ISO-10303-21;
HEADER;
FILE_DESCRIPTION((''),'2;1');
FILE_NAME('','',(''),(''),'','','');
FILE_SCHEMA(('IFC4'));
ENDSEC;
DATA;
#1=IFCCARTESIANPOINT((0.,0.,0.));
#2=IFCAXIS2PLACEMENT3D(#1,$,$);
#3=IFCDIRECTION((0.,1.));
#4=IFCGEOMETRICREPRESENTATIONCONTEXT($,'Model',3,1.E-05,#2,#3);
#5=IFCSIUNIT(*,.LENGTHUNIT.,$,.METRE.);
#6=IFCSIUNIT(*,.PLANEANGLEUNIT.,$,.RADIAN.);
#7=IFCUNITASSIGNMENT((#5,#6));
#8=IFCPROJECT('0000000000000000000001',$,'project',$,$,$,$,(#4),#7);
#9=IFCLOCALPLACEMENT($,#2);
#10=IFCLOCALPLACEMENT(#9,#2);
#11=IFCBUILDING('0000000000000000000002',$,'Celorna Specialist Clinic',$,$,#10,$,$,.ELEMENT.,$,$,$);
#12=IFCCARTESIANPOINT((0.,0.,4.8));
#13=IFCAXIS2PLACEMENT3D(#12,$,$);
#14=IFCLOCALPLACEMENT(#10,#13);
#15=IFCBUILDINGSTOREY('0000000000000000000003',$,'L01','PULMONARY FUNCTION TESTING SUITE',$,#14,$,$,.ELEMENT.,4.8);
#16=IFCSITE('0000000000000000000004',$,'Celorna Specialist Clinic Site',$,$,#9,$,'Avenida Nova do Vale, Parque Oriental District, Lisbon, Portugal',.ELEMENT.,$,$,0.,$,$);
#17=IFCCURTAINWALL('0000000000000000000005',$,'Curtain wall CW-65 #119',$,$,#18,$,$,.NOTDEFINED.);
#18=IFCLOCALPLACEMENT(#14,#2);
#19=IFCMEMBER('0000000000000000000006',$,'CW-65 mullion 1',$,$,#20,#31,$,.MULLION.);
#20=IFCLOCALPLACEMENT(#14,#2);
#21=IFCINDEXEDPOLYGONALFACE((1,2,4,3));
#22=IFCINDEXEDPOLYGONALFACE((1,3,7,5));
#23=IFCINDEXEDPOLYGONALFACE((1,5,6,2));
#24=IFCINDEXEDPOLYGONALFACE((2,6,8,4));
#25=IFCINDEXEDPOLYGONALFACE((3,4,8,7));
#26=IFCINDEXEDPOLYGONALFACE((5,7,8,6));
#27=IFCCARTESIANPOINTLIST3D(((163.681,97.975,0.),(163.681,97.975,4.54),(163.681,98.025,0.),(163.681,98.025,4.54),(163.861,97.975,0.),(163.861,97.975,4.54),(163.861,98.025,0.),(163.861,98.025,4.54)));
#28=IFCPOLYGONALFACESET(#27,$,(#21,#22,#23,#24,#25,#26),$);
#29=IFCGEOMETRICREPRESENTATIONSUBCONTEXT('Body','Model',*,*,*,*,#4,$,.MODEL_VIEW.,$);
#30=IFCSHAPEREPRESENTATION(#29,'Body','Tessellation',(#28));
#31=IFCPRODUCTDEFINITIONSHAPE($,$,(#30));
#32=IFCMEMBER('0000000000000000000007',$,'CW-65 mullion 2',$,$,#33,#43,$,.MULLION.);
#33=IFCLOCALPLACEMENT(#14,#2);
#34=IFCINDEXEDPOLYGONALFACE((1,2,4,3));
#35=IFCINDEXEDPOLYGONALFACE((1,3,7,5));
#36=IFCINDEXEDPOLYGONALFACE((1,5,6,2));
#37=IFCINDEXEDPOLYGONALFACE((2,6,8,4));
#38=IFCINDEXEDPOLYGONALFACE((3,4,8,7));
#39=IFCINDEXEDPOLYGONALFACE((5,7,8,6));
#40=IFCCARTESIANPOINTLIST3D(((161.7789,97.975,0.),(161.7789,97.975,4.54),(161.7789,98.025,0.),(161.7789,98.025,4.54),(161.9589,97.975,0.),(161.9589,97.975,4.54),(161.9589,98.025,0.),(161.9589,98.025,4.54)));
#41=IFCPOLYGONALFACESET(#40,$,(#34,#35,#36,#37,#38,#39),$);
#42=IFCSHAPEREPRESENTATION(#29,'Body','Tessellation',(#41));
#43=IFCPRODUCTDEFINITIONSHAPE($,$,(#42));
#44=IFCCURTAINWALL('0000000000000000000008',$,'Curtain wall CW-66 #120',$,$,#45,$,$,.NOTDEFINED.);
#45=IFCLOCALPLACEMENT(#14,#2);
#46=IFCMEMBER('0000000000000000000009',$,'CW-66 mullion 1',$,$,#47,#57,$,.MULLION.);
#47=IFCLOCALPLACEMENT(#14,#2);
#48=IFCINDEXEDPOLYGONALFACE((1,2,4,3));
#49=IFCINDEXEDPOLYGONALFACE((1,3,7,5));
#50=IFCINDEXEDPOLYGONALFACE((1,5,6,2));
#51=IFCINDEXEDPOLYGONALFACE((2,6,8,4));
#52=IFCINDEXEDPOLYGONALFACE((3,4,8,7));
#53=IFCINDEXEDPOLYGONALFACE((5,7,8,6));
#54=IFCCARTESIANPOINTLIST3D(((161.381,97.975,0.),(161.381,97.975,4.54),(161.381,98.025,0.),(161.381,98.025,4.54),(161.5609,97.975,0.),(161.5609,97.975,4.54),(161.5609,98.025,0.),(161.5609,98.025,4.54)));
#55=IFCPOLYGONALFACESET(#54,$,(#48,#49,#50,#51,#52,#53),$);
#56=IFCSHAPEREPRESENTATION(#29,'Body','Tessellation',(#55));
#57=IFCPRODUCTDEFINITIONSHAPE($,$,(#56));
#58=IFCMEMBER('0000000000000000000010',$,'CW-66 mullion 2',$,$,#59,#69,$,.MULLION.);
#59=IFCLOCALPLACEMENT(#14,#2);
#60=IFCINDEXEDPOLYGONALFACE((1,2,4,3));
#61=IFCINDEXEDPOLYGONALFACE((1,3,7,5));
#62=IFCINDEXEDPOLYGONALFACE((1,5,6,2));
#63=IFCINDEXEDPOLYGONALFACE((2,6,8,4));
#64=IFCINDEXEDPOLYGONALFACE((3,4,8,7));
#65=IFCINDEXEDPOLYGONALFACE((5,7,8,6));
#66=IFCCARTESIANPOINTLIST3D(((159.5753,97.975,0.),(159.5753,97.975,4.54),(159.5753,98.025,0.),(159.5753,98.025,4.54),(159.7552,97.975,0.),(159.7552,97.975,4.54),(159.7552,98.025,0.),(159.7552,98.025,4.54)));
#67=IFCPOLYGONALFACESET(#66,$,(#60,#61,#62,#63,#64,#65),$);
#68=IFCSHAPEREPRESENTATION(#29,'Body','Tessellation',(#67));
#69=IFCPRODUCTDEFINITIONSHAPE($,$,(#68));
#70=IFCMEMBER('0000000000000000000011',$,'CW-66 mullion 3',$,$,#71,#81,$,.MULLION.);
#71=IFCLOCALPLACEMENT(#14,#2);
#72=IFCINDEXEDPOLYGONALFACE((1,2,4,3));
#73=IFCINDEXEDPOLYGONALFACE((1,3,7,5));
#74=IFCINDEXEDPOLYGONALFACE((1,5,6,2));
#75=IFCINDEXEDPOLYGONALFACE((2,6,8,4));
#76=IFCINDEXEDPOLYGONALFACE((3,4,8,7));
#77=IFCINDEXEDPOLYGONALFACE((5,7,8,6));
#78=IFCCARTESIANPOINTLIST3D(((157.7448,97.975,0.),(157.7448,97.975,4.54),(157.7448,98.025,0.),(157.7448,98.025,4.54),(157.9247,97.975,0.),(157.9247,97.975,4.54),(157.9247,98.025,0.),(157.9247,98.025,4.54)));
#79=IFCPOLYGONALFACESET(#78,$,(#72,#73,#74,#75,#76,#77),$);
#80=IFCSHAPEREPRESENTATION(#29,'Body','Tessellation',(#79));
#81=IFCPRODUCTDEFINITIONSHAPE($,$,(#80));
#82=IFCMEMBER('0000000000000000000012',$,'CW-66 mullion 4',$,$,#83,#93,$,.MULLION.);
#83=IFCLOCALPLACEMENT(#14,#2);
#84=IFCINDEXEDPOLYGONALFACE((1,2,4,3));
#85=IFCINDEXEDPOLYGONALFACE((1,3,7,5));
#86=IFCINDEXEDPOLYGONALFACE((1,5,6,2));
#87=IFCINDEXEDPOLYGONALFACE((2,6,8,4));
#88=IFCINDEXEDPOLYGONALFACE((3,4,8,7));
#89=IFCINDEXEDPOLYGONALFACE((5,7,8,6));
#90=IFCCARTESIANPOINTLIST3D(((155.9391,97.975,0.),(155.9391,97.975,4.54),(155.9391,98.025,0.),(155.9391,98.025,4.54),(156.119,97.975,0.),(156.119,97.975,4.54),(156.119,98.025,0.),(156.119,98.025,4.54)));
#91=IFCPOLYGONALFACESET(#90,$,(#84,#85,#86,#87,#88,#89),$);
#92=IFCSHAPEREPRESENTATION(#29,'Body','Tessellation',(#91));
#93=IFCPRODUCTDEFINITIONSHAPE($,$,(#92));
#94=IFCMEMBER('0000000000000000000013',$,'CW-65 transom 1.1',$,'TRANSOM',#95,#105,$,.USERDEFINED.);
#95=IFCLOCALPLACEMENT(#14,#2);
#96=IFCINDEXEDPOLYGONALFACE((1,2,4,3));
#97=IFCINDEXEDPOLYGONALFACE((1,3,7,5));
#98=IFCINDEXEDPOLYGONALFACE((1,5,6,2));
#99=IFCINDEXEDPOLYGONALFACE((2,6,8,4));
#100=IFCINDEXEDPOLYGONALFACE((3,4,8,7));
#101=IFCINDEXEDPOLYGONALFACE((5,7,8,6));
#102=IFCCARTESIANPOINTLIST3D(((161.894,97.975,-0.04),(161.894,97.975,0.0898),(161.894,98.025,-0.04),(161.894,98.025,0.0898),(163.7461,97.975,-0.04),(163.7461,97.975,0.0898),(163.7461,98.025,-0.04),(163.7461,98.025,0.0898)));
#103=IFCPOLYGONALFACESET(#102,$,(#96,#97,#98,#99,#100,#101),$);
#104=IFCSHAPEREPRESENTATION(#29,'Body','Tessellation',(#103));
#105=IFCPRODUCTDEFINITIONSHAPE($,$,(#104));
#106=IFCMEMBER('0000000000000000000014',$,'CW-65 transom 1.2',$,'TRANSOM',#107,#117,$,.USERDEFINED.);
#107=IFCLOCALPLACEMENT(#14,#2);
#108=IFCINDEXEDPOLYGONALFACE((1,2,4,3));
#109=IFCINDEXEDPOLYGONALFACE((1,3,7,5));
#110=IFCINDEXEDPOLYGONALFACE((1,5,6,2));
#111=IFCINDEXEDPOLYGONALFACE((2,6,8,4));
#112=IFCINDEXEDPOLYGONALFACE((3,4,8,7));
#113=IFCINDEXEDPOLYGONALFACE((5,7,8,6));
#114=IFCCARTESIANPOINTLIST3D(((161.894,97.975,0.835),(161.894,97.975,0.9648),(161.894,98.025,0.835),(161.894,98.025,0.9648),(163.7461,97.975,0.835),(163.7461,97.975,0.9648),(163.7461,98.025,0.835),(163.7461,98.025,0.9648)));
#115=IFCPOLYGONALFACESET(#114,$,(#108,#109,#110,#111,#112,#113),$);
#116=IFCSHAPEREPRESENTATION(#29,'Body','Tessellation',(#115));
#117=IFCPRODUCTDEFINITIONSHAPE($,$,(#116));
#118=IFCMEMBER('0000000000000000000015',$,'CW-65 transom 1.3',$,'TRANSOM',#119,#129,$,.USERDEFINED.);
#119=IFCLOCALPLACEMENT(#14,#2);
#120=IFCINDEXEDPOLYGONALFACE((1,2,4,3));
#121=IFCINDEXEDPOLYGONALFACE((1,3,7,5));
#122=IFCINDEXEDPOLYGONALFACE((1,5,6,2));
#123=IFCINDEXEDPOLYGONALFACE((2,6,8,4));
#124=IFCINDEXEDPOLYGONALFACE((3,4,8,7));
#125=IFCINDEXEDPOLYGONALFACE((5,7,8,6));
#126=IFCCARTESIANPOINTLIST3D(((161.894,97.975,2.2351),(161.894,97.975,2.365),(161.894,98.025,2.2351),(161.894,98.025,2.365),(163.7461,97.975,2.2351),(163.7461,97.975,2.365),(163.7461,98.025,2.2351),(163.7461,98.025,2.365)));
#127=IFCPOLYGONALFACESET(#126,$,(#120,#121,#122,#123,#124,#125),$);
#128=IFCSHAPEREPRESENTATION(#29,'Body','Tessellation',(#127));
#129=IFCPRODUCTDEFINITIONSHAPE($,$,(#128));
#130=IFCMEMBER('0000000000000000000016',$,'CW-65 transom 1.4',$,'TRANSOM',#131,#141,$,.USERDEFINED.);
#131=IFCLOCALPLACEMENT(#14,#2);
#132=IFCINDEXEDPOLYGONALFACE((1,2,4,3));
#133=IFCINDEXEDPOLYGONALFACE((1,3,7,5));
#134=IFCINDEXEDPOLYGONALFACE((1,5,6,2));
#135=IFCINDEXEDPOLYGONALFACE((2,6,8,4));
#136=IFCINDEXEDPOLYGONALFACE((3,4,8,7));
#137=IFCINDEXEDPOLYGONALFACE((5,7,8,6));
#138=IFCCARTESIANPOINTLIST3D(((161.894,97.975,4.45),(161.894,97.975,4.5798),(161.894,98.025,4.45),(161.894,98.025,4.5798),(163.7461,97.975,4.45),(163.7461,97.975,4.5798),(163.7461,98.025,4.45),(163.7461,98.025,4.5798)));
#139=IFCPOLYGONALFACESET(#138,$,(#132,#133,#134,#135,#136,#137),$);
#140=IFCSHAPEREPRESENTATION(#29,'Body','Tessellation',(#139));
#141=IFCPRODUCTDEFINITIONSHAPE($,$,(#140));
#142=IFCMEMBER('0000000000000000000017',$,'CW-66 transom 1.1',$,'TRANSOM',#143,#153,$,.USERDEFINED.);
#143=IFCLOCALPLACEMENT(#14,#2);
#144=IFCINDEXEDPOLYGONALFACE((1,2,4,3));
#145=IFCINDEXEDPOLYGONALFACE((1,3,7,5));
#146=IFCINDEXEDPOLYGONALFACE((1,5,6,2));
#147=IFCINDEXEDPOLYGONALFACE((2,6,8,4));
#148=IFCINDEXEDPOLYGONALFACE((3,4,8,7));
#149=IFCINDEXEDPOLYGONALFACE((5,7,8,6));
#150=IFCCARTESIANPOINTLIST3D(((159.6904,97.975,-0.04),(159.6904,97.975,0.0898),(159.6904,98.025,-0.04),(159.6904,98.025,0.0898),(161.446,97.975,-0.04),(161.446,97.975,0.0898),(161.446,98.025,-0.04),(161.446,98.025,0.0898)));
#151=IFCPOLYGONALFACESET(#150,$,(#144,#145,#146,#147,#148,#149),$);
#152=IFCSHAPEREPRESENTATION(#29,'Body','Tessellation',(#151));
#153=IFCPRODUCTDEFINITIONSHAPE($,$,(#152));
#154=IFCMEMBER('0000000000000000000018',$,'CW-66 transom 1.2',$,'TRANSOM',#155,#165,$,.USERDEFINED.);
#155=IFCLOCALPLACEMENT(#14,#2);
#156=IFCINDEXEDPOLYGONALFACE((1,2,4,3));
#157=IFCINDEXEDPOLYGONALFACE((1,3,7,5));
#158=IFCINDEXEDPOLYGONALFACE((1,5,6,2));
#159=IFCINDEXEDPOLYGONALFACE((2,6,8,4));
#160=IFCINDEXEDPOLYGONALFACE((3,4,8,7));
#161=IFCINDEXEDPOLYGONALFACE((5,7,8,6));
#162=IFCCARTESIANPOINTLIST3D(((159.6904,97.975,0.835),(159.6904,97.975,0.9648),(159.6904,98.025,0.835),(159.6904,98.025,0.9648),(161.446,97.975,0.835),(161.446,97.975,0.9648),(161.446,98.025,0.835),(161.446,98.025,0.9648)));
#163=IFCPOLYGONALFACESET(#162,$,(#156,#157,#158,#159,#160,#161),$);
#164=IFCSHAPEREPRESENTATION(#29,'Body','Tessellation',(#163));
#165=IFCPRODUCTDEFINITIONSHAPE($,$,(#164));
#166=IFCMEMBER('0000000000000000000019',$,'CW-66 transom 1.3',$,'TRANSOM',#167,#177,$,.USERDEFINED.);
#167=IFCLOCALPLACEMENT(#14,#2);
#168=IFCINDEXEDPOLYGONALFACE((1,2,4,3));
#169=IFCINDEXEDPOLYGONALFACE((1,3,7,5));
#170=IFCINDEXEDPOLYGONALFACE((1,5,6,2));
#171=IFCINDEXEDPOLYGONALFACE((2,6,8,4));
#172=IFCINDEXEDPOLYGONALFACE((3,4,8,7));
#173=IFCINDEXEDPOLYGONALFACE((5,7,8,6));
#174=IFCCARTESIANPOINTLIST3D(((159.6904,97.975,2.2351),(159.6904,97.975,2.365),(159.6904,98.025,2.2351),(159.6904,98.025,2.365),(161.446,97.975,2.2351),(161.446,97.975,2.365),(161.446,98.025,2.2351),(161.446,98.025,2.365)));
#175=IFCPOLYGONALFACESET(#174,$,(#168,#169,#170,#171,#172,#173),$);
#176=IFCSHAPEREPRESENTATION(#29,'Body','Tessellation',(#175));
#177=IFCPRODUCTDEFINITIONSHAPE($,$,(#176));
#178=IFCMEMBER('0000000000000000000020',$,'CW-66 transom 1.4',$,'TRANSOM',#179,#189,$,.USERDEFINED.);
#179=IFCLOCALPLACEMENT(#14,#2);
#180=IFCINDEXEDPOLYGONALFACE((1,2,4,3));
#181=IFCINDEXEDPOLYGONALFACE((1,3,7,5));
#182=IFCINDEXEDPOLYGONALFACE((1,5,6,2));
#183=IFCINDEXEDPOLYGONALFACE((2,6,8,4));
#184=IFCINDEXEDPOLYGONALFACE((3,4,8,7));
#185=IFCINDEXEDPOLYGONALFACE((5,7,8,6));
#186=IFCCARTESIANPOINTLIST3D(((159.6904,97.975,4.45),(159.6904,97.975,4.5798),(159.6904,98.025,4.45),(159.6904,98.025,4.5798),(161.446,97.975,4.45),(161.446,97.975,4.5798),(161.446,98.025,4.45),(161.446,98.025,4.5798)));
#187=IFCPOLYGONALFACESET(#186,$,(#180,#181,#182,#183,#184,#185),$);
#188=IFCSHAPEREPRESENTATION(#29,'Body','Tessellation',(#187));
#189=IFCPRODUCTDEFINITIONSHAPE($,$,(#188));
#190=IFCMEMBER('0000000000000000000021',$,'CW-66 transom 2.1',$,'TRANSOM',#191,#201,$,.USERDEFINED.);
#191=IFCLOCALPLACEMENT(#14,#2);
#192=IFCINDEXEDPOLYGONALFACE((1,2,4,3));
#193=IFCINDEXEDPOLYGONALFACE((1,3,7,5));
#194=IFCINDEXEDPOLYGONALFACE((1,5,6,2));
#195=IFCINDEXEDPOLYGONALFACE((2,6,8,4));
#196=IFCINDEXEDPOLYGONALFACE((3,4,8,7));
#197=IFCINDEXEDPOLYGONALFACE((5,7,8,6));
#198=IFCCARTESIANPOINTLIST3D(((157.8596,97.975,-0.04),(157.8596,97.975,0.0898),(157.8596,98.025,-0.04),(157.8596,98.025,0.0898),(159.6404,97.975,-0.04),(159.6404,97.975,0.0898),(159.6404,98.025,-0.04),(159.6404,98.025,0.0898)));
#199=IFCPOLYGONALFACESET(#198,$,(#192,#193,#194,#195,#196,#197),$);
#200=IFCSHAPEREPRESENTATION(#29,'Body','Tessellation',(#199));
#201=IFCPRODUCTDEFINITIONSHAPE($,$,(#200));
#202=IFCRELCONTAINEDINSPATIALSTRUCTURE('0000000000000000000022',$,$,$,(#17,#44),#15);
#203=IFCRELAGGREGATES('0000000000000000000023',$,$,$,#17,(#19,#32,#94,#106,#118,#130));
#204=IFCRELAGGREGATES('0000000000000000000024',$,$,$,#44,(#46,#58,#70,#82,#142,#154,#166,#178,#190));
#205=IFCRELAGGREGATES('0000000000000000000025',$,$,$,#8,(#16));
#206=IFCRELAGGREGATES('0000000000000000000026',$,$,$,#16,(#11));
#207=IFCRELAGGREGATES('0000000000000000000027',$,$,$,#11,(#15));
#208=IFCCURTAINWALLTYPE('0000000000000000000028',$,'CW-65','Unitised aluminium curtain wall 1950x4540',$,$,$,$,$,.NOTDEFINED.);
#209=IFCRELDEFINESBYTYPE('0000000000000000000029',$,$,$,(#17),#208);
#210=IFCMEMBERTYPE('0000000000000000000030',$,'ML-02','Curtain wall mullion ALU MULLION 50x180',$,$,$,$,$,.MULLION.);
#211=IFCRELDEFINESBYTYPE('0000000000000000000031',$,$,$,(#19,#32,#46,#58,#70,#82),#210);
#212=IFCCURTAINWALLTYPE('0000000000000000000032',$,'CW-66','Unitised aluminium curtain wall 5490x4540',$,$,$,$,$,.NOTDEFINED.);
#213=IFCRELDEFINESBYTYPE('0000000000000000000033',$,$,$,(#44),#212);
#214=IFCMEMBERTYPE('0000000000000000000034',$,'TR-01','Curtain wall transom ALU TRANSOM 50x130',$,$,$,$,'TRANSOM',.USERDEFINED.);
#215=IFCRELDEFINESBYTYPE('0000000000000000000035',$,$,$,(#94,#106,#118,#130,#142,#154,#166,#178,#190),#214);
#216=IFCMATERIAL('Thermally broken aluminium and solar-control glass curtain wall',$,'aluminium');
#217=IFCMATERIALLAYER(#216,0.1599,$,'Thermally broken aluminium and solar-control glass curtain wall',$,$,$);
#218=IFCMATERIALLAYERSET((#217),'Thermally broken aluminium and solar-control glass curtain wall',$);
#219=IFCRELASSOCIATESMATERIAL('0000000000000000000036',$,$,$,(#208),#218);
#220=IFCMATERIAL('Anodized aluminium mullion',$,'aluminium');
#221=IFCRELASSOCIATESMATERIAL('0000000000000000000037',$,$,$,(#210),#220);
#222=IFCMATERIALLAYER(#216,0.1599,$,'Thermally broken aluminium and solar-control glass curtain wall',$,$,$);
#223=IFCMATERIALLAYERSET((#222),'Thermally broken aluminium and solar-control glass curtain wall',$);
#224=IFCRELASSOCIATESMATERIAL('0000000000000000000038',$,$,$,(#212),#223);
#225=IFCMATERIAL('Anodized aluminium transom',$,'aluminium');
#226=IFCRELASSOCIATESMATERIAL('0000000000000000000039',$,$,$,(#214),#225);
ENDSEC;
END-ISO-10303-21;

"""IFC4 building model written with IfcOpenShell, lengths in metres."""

from ifc_helpers import new_model, si_unit, direction, frame, origin, origin_2d, place, context, subcontext, project, spatial, rectangle, extrude, material, layer, layer_set, material_profile, profile_set, type_object, element, aggregate, save


model = new_model("IFC4")

# Units and contexts
model_context = context("Model", 3, precision=1e-05, world=origin(), true_north=direction((0.0, 1.0)))
body_context = subcontext(model_context, "Body", "Model", "MODEL_VIEW")
ifc_project = project(units=[si_unit("LENGTHUNIT", "METRE"), si_unit("PLANEANGLEUNIT", "RADIAN")], contexts=[model_context])

# Site, building, storey
site_placement = place(None, origin())
site = spatial("IfcSite", under=ifc_project, at=site_placement, Name="Celorna Specialist Clinic Site", LongName="Avenida Nova do Vale, Parque Oriental District, Lisbon, Portugal", CompositionType="ELEMENT", RefElevation=0.0)
building_placement = place(site_placement, origin())
building = spatial("IfcBuilding", under=site, at=building_placement, Name="Celorna Specialist Clinic", CompositionType="ELEMENT")
storey_placement = place(building_placement, frame((0.0, 0.0, 4.8)))
storey = spatial("IfcBuildingStorey", under=building, at=storey_placement, Name="L01", Description="PULMONARY FUNCTION TESTING SUITE", CompositionType="ELEMENT", Elevation=4.8)

# Curtain walls, members
ifc_material_1 = material(Name="Thermally broken aluminium and solar-control glass curtain wall", Category="aluminium")
ifc_layer_1 = layer(ifc_material_1, 0.1599, Name="Thermally broken aluminium and solar-control glass curtain wall")
ifc_layer_set_1 = layer_set([ifc_layer_1], Name="Thermally broken aluminium and solar-control glass curtain wall")
curtain_wall_type_1 = type_object("IfcCurtainWallType", Name="CW-65", Description="Unitised aluminium curtain wall 1950x4540", PredefinedType="NOTDEFINED", material=ifc_layer_set_1)
curtain_wall_1_placement = place(storey_placement, origin())
curtain_wall_1 = element("IfcCurtainWall", 1, at=curtain_wall_1_placement, inside=storey, type_object=curtain_wall_type_1, Name="Curtain wall CW-65 #119", PredefinedType="NOTDEFINED")
ifc_material_2 = material(Name="Anodized aluminium mullion", Category="aluminium")
ifc_material_profile_1 = material_profile(ifc_material_2, rectangle(XDim=0.05, YDim=0.1799, at=origin_2d()), Name="ALU MULLION 50x180")
ifc_profile_set_1 = profile_set([ifc_material_profile_1], Name="Anodized aluminium mullion")
member_type_1 = type_object("IfcMemberType", Name="ML-02", Description="Curtain wall mullion ALU MULLION 50x180", PredefinedType="MULLION", material=ifc_profile_set_1)
member_1_placement = place(storey_placement, frame((163.771, 98.0, 0.0), z_axis=(0.0, 0.0, 1.0), x_axis=(0.0, -1.0, 0.0)))
member_1 = element("IfcMember", 2, at=member_1_placement, type_object=member_type_1, Name="CW-65 mullion 1", PredefinedType="MULLION", context=body_context, shape_type="SweptSolid", body=[
    extrude(rectangle(XDim=0.05, YDim=0.1799, at=origin_2d()), origin(), (0.0, 0.0, 1.0), 4.54),
])
member_2_placement = place(storey_placement, frame((161.8689, 98.0, 0.0), z_axis=(0.0, 0.0, 1.0), x_axis=(0.0, -1.0, 0.0)))
member_2 = element("IfcMember", 3, at=member_2_placement, type_object=member_type_1, Name="CW-65 mullion 2", PredefinedType="MULLION", context=body_context, shape_type="SweptSolid", body=[
    extrude(rectangle(XDim=0.05, YDim=0.1799, at=origin_2d()), origin(), (0.0, 0.0, 1.0), 4.54),
])
ifc_layer_2 = layer(ifc_material_1, 0.1599, Name="Thermally broken aluminium and solar-control glass curtain wall")
ifc_layer_set_2 = layer_set([ifc_layer_2], Name="Thermally broken aluminium and solar-control glass curtain wall")
curtain_wall_type_2 = type_object("IfcCurtainWallType", Name="CW-66", Description="Unitised aluminium curtain wall 5490x4540", PredefinedType="NOTDEFINED", material=ifc_layer_set_2)
curtain_wall_2_placement = place(storey_placement, origin())
curtain_wall_2 = element("IfcCurtainWall", 4, at=curtain_wall_2_placement, inside=storey, type_object=curtain_wall_type_2, Name="Curtain wall CW-66 #120", PredefinedType="NOTDEFINED")
member_3_placement = place(storey_placement, frame((161.4709, 98.0, 0.0), z_axis=(0.0, 0.0, 1.0), x_axis=(0.0, -1.0, 0.0)))
member_3 = element("IfcMember", 5, at=member_3_placement, type_object=member_type_1, Name="CW-66 mullion 1", PredefinedType="MULLION", context=body_context, shape_type="SweptSolid", body=[
    extrude(rectangle(XDim=0.05, YDim=0.1799, at=origin_2d()), origin(), (0.0, 0.0, 1.0), 4.54),
])
member_4_placement = place(storey_placement, frame((159.6653, 98.0, 0.0), z_axis=(0.0, 0.0, 1.0), x_axis=(0.0, -1.0, 0.0)))
member_4 = element("IfcMember", 6, at=member_4_placement, type_object=member_type_1, Name="CW-66 mullion 2", PredefinedType="MULLION", context=body_context, shape_type="SweptSolid", body=[
    extrude(rectangle(XDim=0.05, YDim=0.1799, at=origin_2d()), origin(), (0.0, 0.0, 1.0), 4.54),
])
member_5_placement = place(storey_placement, frame((157.8347, 98.0, 0.0), z_axis=(0.0, 0.0, 1.0), x_axis=(0.0, -1.0, 0.0)))
member_5 = element("IfcMember", 7, at=member_5_placement, type_object=member_type_1, Name="CW-66 mullion 3", PredefinedType="MULLION", context=body_context, shape_type="SweptSolid", body=[
    extrude(rectangle(XDim=0.05, YDim=0.1799, at=origin_2d()), origin(), (0.0, 0.0, 1.0), 4.54),
])
member_6_placement = place(storey_placement, frame((156.0291, 98.0, 0.0), z_axis=(0.0, 0.0, 1.0), x_axis=(0.0, -1.0, 0.0)))
member_6 = element("IfcMember", 8, at=member_6_placement, type_object=member_type_1, Name="CW-66 mullion 4", PredefinedType="MULLION", context=body_context, shape_type="SweptSolid", body=[
    extrude(rectangle(XDim=0.05, YDim=0.1799, at=origin_2d()), origin(), (0.0, 0.0, 1.0), 4.54),
])

# Members
ifc_material_3 = material(Name="Anodized aluminium transom", Category="aluminium")
ifc_material_profile_2 = material_profile(ifc_material_3, rectangle(XDim=0.05, YDim=0.1299, at=origin_2d()), Name="ALU TRANSOM 50x130")
ifc_profile_set_2 = profile_set([ifc_material_profile_2], Name="Anodized aluminium transom")
member_type_2 = type_object("IfcMemberType", Name="TR-01", Description="Curtain wall transom ALU TRANSOM 50x130", ElementType="TRANSOM", PredefinedType="USERDEFINED", material=ifc_profile_set_2)
member_7_placement = place(storey_placement, frame((163.7461, 98.0, 0.0249), z_axis=(-1.0, 0.0, 0.0), x_axis=(0.0, -1.0, 0.0)))
member_7 = element("IfcMember", 9, at=member_7_placement, type_object=member_type_2, Name="CW-65 transom 1.1", ObjectType="TRANSOM", PredefinedType="USERDEFINED", context=body_context, shape_type="SweptSolid", body=[
    extrude(rectangle(XDim=0.05, YDim=0.1299, at=origin_2d()), origin(), (0.0, 0.0, 1.0), 1.8521),
])
member_8_placement = place(storey_placement, frame((163.7461, 98.0, 0.8999), z_axis=(-1.0, 0.0, 0.0), x_axis=(0.0, -1.0, 0.0)))
member_8 = element("IfcMember", 10, at=member_8_placement, type_object=member_type_2, Name="CW-65 transom 1.2", ObjectType="TRANSOM", PredefinedType="USERDEFINED", context=body_context, shape_type="SweptSolid", body=[
    extrude(rectangle(XDim=0.05, YDim=0.1299, at=origin_2d()), origin(), (0.0, 0.0, 1.0), 1.8521),
])
member_9_placement = place(storey_placement, frame((163.7461, 98.0, 2.3), z_axis=(-1.0, 0.0, 0.0), x_axis=(0.0, -1.0, 0.0)))
member_9 = element("IfcMember", 11, at=member_9_placement, type_object=member_type_2, Name="CW-65 transom 1.3", ObjectType="TRANSOM", PredefinedType="USERDEFINED", context=body_context, shape_type="SweptSolid", body=[
    extrude(rectangle(XDim=0.05, YDim=0.1299, at=origin_2d()), origin(), (0.0, 0.0, 1.0), 1.8521),
])
member_10_placement = place(storey_placement, frame((163.7461, 98.0, 4.5149), z_axis=(-1.0, 0.0, 0.0), x_axis=(0.0, -1.0, 0.0)))
member_10 = element("IfcMember", 12, at=member_10_placement, type_object=member_type_2, Name="CW-65 transom 1.4", ObjectType="TRANSOM", PredefinedType="USERDEFINED", context=body_context, shape_type="SweptSolid", body=[
    extrude(rectangle(XDim=0.05, YDim=0.1299, at=origin_2d()), origin(), (0.0, 0.0, 1.0), 1.8521),
])
member_11_placement = place(storey_placement, frame((161.446, 98.0, 0.0249), z_axis=(-1.0, 0.0, 0.0), x_axis=(0.0, -1.0, 0.0)))
member_11 = element("IfcMember", 13, at=member_11_placement, type_object=member_type_2, Name="CW-66 transom 1.1", ObjectType="TRANSOM", PredefinedType="USERDEFINED", context=body_context, shape_type="SweptSolid", body=[
    extrude(rectangle(XDim=0.05, YDim=0.1299, at=origin_2d()), origin(), (0.0, 0.0, 1.0), 1.7556),
])
member_12_placement = place(storey_placement, frame((161.446, 98.0, 0.8999), z_axis=(-1.0, 0.0, 0.0), x_axis=(0.0, -1.0, 0.0)))
member_12 = element("IfcMember", 14, at=member_12_placement, type_object=member_type_2, Name="CW-66 transom 1.2", ObjectType="TRANSOM", PredefinedType="USERDEFINED", context=body_context, shape_type="SweptSolid", body=[
    extrude(rectangle(XDim=0.05, YDim=0.1299, at=origin_2d()), origin(), (0.0, 0.0, 1.0), 1.7556),
])
member_13_placement = place(storey_placement, frame((161.446, 98.0, 2.3), z_axis=(-1.0, 0.0, 0.0), x_axis=(0.0, -1.0, 0.0)))
member_13 = element("IfcMember", 15, at=member_13_placement, type_object=member_type_2, Name="CW-66 transom 1.3", ObjectType="TRANSOM", PredefinedType="USERDEFINED", context=body_context, shape_type="SweptSolid", body=[
    extrude(rectangle(XDim=0.05, YDim=0.1299, at=origin_2d()), origin(), (0.0, 0.0, 1.0), 1.7556),
])
member_14_placement = place(storey_placement, frame((161.446, 98.0, 4.5149), z_axis=(-1.0, 0.0, 0.0), x_axis=(0.0, -1.0, 0.0)))
member_14 = element("IfcMember", 16, at=member_14_placement, type_object=member_type_2, Name="CW-66 transom 1.4", ObjectType="TRANSOM", PredefinedType="USERDEFINED", context=body_context, shape_type="SweptSolid", body=[
    extrude(rectangle(XDim=0.05, YDim=0.1299, at=origin_2d()), origin(), (0.0, 0.0, 1.0), 1.7556),
])
member_15_placement = place(storey_placement, frame((159.6404, 98.0, 0.0249), z_axis=(-1.0, 0.0, 0.0), x_axis=(0.0, -1.0, 0.0)))
member_15 = element("IfcMember", 17, at=member_15_placement, type_object=member_type_2, Name="CW-66 transom 2.1", ObjectType="TRANSOM", PredefinedType="USERDEFINED", context=body_context, shape_type="SweptSolid", body=[
    extrude(rectangle(XDim=0.05, YDim=0.1299, at=origin_2d()), origin(), (0.0, 0.0, 1.0), 1.7808),
])

aggregate(curtain_wall_1, [member_1, member_2, member_7, member_8, member_9, member_10])
aggregate(curtain_wall_2, [member_3, member_4, member_5, member_6, member_11, member_12, member_13, member_14, member_15])

save(model, "model.ifc")
